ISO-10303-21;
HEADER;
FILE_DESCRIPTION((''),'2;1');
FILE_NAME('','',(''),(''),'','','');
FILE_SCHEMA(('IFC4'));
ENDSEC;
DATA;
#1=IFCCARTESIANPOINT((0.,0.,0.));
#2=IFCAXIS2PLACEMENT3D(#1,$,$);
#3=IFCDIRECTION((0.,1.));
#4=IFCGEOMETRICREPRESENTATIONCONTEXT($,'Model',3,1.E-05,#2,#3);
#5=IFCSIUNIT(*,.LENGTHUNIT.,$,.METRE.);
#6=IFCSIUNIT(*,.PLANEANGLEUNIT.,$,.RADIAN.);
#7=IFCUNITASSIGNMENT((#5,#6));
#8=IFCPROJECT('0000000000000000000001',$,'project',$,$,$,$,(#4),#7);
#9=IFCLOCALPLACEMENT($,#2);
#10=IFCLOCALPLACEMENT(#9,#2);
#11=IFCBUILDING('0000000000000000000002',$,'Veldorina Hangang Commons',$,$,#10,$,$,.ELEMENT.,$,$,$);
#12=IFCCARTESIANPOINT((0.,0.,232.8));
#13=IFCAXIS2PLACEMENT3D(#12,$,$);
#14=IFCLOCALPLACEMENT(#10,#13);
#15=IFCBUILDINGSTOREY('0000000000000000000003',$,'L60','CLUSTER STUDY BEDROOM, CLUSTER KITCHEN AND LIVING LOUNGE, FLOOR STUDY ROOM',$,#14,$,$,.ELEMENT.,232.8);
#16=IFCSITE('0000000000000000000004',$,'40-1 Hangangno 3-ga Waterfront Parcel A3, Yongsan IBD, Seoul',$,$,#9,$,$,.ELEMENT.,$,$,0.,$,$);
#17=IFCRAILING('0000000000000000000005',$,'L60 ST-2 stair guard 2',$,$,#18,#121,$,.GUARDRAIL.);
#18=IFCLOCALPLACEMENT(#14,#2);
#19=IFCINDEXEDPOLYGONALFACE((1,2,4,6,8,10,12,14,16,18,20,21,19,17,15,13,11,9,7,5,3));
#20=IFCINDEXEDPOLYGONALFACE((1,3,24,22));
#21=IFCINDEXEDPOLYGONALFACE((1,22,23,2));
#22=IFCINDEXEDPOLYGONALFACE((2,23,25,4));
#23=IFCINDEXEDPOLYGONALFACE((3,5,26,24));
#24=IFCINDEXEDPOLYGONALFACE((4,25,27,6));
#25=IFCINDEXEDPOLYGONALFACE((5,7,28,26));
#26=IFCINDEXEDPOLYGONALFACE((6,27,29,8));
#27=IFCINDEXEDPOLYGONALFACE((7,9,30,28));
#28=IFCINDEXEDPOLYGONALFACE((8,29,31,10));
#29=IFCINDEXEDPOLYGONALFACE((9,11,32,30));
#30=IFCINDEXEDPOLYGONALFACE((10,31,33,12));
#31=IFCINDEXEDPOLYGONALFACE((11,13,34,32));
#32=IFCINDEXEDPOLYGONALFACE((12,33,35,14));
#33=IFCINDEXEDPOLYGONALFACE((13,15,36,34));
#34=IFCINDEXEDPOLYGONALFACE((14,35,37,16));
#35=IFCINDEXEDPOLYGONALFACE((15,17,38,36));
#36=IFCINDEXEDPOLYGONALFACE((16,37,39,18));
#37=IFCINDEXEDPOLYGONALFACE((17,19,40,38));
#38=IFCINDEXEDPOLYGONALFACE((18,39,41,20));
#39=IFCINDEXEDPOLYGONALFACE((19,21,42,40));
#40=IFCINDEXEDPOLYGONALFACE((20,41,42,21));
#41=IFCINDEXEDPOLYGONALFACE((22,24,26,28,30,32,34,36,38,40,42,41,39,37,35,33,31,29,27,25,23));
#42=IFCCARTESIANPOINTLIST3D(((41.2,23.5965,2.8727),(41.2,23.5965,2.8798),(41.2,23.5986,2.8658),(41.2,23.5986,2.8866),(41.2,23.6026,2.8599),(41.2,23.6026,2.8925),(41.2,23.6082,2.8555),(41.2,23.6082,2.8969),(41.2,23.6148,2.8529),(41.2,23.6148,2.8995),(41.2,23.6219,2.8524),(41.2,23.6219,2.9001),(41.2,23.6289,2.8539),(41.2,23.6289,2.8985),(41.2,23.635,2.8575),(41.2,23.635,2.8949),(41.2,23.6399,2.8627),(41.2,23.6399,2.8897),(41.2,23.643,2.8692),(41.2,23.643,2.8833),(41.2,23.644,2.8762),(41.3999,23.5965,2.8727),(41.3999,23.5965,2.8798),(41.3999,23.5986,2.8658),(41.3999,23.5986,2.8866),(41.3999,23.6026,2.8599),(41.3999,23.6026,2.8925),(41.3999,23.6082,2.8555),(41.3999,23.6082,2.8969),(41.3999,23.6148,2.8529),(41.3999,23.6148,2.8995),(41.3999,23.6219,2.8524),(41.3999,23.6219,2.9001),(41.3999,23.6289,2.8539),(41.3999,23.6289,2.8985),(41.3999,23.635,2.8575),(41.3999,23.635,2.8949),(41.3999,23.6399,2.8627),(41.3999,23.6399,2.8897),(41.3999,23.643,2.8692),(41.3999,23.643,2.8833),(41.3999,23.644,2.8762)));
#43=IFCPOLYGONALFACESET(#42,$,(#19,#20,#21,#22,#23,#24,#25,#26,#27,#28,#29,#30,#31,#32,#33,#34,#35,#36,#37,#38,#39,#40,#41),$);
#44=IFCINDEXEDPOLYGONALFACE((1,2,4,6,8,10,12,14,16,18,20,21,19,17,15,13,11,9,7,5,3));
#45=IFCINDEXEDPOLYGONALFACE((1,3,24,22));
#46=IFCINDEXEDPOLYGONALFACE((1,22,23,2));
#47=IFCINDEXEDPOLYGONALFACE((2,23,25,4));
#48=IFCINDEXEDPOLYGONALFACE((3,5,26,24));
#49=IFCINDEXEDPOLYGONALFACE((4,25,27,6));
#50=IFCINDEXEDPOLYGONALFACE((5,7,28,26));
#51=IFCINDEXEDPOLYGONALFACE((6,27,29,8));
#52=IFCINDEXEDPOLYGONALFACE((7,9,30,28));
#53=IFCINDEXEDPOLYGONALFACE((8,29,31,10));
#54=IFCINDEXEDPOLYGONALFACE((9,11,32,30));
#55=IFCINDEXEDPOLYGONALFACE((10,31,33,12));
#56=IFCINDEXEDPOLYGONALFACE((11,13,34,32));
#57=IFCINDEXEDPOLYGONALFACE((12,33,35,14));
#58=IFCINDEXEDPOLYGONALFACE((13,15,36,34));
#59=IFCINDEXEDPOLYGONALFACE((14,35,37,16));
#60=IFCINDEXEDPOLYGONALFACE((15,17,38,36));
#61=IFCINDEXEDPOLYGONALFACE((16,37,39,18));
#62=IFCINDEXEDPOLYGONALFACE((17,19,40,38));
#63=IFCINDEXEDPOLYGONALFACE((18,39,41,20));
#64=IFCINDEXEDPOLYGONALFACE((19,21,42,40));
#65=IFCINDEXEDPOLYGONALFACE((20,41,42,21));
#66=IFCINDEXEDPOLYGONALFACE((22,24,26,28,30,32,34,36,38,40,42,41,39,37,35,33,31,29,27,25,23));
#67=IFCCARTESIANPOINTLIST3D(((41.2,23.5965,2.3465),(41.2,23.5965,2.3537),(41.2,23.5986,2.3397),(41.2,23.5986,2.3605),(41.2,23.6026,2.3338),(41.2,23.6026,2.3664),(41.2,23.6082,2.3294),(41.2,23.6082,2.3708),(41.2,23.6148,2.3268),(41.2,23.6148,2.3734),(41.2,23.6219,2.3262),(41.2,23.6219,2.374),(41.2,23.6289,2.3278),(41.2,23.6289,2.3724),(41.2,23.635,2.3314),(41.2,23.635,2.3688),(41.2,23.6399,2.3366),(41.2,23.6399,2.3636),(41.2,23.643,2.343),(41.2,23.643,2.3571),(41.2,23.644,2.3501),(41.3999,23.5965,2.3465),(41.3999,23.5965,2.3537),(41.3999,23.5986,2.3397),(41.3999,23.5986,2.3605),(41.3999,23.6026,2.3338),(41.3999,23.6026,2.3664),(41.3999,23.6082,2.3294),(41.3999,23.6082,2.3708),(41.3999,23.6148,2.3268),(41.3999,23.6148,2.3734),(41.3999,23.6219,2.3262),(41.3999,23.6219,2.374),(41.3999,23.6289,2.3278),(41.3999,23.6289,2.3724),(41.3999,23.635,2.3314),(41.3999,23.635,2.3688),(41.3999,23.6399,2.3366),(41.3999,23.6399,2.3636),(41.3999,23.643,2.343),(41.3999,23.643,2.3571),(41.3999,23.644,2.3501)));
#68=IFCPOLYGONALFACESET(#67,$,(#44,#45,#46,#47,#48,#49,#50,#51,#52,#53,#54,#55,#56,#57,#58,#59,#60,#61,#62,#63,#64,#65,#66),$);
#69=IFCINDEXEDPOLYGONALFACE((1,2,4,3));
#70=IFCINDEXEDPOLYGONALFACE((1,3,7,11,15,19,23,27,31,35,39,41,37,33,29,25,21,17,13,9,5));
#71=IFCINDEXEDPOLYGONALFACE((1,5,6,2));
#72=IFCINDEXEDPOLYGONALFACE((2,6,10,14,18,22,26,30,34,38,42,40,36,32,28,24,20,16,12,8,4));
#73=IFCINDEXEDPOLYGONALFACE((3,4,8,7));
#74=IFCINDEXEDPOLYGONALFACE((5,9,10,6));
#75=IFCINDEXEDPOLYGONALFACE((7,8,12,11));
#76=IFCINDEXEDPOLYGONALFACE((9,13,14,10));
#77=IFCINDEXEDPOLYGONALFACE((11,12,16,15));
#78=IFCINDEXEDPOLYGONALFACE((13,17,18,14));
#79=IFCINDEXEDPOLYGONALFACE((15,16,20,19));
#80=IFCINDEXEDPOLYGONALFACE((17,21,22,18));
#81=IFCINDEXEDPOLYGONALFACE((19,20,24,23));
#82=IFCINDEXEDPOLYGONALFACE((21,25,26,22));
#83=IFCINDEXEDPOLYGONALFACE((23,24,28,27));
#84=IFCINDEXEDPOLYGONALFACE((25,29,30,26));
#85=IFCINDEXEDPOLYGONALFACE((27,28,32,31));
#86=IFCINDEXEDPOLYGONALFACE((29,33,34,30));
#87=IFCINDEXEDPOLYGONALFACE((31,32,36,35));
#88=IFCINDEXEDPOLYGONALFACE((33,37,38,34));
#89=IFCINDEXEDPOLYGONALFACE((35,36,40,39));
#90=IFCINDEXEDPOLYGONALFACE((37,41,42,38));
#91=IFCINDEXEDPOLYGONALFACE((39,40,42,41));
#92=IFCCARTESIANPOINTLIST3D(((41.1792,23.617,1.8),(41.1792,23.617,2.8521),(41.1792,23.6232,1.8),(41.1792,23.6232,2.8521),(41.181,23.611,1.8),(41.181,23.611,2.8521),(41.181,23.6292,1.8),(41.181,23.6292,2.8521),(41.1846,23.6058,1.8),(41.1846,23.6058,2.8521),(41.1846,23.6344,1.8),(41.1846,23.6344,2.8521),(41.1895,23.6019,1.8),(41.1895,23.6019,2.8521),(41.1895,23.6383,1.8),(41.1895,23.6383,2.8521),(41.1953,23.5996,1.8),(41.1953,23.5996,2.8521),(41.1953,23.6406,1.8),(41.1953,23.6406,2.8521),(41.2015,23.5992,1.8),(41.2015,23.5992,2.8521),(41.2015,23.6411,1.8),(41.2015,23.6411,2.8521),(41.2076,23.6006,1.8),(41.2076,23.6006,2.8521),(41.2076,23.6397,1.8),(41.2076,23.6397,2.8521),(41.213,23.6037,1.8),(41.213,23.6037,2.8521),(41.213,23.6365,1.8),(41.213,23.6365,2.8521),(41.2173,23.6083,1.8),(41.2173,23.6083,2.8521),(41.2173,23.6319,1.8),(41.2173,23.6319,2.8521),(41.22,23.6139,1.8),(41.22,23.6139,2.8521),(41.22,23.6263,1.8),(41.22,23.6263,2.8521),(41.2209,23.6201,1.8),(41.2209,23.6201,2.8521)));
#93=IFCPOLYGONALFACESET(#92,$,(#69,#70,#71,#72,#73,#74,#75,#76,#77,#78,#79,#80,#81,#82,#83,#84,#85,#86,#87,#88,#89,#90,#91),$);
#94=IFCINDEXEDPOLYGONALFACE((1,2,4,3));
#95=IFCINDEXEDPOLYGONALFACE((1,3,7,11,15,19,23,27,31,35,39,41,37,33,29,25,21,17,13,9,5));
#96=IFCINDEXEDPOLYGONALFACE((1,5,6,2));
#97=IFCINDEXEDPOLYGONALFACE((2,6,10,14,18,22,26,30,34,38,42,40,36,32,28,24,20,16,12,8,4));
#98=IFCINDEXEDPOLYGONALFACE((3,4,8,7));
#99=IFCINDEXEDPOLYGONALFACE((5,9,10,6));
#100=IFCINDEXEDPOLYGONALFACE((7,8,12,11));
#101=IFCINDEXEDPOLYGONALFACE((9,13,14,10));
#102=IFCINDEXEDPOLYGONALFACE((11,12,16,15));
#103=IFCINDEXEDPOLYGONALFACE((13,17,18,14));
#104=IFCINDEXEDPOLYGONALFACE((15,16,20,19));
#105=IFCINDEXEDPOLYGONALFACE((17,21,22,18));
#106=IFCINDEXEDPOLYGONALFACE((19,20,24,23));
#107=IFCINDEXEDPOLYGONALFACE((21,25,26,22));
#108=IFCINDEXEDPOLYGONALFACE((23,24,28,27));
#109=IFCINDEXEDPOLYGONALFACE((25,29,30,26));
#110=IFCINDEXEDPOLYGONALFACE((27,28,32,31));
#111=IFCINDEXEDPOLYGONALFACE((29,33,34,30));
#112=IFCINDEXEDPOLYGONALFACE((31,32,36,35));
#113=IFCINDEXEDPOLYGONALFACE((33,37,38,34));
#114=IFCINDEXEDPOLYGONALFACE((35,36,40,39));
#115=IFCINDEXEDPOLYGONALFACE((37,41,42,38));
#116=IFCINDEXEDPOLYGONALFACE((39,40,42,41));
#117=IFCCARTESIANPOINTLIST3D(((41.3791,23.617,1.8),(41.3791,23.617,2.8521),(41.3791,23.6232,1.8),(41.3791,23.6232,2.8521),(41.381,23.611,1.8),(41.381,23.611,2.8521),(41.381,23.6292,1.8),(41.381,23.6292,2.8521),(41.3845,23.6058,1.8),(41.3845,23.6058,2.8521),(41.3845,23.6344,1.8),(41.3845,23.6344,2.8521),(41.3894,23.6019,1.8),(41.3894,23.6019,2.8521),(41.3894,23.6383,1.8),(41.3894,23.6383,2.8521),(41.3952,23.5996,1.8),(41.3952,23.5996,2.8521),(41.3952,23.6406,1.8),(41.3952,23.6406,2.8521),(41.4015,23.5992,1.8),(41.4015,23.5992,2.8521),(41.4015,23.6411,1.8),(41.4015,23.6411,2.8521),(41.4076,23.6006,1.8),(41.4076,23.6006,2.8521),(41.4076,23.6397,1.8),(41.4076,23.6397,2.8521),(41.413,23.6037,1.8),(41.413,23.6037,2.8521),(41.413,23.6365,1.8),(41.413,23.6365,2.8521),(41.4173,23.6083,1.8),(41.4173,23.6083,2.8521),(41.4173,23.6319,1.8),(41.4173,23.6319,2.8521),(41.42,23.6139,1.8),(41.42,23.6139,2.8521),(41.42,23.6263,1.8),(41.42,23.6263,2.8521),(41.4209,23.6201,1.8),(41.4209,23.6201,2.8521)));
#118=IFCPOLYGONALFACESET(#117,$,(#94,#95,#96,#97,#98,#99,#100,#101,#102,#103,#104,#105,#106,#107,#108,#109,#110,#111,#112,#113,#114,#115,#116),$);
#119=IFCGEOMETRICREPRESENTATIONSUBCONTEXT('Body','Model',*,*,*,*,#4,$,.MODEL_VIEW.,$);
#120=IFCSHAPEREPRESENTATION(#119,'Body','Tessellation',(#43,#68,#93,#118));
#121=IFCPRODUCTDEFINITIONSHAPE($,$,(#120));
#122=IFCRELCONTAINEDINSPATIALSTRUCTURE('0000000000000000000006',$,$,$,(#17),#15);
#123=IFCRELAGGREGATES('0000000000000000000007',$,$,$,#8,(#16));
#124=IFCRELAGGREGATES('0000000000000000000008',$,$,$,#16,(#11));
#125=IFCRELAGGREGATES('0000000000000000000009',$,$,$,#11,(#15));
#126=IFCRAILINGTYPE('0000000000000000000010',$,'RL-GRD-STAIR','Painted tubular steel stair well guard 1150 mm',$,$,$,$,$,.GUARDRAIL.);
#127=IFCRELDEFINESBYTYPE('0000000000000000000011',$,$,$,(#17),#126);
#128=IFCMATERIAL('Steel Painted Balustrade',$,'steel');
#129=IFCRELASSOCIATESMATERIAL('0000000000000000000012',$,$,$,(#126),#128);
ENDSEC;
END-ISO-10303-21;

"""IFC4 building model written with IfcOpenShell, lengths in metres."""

from ifc_helpers import new_model, si_unit, direction, frame, origin, origin_2d, place, context, subcontext, project, spatial, circle, extrude, material, type_object, element, save


model = new_model("IFC4")

# Units and contexts
model_context = context("Model", 3, precision=1e-05, world=origin(), true_north=direction((0.0, 1.0)))
body_context = subcontext(model_context, "Body", "Model", "MODEL_VIEW")
ifc_project = project(units=[si_unit("LENGTHUNIT", "METRE"), si_unit("PLANEANGLEUNIT", "RADIAN")], contexts=[model_context])

# Site, building, storey
site_placement = place(None, origin())
site = spatial("IfcSite", under=ifc_project, at=site_placement, Name="40-1 Hangangno 3-ga Waterfront Parcel A3, Yongsan IBD, Seoul", CompositionType="ELEMENT", RefElevation=0.0)
building_placement = place(site_placement, origin())
building = spatial("IfcBuilding", under=site, at=building_placement, Name="Veldorina Hangang Commons", CompositionType="ELEMENT")
storey_placement = place(building_placement, frame((0.0, 0.0, 232.8)))
storey = spatial("IfcBuildingStorey", under=building, at=storey_placement, Name="L60", Description="CLUSTER STUDY BEDROOM, CLUSTER KITCHEN AND LIVING LOUNGE, FLOOR STUDY ROOM", CompositionType="ELEMENT", Elevation=232.8)

# Railing
ifc_material_1 = material(Name="Steel Painted Balustrade", Category="steel")
railing_type_1 = type_object("IfcRailingType", Name="RL-GRD-STAIR", Description="Painted tubular steel stair well guard 1150 mm", PredefinedType="GUARDRAIL", material=ifc_material_1)
railing_1_placement = place(storey_placement, frame((41.2, 23.6201, 1.8)))
element("IfcRailing", 1, at=railing_1_placement, inside=storey, type_object=railing_type_1, Name="L60 ST-2 stair guard 2", PredefinedType="GUARDRAIL", context=body_context, shape_type="SweptSolid", body=[
    extrude(circle(Radius=0.0239, at=origin_2d()), frame((0.0, 0.0, 1.0762), z_axis=(1.0, 0.0, 0.0), x_axis=(0.0, 1.0, 0.0)), (0.0, 0.0, 1.0), 0.2),
    extrude(circle(Radius=0.0239, at=origin_2d()), frame((0.0, 0.0, 0.55), z_axis=(1.0, 0.0, 0.0), x_axis=(0.0, 1.0, 0.0)), (0.0, 0.0, 1.0), 0.2),
    extrude(circle(Radius=0.021, at=origin_2d()), origin(), (0.0, 0.0, 1.0), 1.052),
    extrude(circle(Radius=0.021, at=origin_2d()), frame((0.2, 0.0, 0.0)), (0.0, 0.0, 1.0), 1.052),
])

save(model, "model.ifc")
